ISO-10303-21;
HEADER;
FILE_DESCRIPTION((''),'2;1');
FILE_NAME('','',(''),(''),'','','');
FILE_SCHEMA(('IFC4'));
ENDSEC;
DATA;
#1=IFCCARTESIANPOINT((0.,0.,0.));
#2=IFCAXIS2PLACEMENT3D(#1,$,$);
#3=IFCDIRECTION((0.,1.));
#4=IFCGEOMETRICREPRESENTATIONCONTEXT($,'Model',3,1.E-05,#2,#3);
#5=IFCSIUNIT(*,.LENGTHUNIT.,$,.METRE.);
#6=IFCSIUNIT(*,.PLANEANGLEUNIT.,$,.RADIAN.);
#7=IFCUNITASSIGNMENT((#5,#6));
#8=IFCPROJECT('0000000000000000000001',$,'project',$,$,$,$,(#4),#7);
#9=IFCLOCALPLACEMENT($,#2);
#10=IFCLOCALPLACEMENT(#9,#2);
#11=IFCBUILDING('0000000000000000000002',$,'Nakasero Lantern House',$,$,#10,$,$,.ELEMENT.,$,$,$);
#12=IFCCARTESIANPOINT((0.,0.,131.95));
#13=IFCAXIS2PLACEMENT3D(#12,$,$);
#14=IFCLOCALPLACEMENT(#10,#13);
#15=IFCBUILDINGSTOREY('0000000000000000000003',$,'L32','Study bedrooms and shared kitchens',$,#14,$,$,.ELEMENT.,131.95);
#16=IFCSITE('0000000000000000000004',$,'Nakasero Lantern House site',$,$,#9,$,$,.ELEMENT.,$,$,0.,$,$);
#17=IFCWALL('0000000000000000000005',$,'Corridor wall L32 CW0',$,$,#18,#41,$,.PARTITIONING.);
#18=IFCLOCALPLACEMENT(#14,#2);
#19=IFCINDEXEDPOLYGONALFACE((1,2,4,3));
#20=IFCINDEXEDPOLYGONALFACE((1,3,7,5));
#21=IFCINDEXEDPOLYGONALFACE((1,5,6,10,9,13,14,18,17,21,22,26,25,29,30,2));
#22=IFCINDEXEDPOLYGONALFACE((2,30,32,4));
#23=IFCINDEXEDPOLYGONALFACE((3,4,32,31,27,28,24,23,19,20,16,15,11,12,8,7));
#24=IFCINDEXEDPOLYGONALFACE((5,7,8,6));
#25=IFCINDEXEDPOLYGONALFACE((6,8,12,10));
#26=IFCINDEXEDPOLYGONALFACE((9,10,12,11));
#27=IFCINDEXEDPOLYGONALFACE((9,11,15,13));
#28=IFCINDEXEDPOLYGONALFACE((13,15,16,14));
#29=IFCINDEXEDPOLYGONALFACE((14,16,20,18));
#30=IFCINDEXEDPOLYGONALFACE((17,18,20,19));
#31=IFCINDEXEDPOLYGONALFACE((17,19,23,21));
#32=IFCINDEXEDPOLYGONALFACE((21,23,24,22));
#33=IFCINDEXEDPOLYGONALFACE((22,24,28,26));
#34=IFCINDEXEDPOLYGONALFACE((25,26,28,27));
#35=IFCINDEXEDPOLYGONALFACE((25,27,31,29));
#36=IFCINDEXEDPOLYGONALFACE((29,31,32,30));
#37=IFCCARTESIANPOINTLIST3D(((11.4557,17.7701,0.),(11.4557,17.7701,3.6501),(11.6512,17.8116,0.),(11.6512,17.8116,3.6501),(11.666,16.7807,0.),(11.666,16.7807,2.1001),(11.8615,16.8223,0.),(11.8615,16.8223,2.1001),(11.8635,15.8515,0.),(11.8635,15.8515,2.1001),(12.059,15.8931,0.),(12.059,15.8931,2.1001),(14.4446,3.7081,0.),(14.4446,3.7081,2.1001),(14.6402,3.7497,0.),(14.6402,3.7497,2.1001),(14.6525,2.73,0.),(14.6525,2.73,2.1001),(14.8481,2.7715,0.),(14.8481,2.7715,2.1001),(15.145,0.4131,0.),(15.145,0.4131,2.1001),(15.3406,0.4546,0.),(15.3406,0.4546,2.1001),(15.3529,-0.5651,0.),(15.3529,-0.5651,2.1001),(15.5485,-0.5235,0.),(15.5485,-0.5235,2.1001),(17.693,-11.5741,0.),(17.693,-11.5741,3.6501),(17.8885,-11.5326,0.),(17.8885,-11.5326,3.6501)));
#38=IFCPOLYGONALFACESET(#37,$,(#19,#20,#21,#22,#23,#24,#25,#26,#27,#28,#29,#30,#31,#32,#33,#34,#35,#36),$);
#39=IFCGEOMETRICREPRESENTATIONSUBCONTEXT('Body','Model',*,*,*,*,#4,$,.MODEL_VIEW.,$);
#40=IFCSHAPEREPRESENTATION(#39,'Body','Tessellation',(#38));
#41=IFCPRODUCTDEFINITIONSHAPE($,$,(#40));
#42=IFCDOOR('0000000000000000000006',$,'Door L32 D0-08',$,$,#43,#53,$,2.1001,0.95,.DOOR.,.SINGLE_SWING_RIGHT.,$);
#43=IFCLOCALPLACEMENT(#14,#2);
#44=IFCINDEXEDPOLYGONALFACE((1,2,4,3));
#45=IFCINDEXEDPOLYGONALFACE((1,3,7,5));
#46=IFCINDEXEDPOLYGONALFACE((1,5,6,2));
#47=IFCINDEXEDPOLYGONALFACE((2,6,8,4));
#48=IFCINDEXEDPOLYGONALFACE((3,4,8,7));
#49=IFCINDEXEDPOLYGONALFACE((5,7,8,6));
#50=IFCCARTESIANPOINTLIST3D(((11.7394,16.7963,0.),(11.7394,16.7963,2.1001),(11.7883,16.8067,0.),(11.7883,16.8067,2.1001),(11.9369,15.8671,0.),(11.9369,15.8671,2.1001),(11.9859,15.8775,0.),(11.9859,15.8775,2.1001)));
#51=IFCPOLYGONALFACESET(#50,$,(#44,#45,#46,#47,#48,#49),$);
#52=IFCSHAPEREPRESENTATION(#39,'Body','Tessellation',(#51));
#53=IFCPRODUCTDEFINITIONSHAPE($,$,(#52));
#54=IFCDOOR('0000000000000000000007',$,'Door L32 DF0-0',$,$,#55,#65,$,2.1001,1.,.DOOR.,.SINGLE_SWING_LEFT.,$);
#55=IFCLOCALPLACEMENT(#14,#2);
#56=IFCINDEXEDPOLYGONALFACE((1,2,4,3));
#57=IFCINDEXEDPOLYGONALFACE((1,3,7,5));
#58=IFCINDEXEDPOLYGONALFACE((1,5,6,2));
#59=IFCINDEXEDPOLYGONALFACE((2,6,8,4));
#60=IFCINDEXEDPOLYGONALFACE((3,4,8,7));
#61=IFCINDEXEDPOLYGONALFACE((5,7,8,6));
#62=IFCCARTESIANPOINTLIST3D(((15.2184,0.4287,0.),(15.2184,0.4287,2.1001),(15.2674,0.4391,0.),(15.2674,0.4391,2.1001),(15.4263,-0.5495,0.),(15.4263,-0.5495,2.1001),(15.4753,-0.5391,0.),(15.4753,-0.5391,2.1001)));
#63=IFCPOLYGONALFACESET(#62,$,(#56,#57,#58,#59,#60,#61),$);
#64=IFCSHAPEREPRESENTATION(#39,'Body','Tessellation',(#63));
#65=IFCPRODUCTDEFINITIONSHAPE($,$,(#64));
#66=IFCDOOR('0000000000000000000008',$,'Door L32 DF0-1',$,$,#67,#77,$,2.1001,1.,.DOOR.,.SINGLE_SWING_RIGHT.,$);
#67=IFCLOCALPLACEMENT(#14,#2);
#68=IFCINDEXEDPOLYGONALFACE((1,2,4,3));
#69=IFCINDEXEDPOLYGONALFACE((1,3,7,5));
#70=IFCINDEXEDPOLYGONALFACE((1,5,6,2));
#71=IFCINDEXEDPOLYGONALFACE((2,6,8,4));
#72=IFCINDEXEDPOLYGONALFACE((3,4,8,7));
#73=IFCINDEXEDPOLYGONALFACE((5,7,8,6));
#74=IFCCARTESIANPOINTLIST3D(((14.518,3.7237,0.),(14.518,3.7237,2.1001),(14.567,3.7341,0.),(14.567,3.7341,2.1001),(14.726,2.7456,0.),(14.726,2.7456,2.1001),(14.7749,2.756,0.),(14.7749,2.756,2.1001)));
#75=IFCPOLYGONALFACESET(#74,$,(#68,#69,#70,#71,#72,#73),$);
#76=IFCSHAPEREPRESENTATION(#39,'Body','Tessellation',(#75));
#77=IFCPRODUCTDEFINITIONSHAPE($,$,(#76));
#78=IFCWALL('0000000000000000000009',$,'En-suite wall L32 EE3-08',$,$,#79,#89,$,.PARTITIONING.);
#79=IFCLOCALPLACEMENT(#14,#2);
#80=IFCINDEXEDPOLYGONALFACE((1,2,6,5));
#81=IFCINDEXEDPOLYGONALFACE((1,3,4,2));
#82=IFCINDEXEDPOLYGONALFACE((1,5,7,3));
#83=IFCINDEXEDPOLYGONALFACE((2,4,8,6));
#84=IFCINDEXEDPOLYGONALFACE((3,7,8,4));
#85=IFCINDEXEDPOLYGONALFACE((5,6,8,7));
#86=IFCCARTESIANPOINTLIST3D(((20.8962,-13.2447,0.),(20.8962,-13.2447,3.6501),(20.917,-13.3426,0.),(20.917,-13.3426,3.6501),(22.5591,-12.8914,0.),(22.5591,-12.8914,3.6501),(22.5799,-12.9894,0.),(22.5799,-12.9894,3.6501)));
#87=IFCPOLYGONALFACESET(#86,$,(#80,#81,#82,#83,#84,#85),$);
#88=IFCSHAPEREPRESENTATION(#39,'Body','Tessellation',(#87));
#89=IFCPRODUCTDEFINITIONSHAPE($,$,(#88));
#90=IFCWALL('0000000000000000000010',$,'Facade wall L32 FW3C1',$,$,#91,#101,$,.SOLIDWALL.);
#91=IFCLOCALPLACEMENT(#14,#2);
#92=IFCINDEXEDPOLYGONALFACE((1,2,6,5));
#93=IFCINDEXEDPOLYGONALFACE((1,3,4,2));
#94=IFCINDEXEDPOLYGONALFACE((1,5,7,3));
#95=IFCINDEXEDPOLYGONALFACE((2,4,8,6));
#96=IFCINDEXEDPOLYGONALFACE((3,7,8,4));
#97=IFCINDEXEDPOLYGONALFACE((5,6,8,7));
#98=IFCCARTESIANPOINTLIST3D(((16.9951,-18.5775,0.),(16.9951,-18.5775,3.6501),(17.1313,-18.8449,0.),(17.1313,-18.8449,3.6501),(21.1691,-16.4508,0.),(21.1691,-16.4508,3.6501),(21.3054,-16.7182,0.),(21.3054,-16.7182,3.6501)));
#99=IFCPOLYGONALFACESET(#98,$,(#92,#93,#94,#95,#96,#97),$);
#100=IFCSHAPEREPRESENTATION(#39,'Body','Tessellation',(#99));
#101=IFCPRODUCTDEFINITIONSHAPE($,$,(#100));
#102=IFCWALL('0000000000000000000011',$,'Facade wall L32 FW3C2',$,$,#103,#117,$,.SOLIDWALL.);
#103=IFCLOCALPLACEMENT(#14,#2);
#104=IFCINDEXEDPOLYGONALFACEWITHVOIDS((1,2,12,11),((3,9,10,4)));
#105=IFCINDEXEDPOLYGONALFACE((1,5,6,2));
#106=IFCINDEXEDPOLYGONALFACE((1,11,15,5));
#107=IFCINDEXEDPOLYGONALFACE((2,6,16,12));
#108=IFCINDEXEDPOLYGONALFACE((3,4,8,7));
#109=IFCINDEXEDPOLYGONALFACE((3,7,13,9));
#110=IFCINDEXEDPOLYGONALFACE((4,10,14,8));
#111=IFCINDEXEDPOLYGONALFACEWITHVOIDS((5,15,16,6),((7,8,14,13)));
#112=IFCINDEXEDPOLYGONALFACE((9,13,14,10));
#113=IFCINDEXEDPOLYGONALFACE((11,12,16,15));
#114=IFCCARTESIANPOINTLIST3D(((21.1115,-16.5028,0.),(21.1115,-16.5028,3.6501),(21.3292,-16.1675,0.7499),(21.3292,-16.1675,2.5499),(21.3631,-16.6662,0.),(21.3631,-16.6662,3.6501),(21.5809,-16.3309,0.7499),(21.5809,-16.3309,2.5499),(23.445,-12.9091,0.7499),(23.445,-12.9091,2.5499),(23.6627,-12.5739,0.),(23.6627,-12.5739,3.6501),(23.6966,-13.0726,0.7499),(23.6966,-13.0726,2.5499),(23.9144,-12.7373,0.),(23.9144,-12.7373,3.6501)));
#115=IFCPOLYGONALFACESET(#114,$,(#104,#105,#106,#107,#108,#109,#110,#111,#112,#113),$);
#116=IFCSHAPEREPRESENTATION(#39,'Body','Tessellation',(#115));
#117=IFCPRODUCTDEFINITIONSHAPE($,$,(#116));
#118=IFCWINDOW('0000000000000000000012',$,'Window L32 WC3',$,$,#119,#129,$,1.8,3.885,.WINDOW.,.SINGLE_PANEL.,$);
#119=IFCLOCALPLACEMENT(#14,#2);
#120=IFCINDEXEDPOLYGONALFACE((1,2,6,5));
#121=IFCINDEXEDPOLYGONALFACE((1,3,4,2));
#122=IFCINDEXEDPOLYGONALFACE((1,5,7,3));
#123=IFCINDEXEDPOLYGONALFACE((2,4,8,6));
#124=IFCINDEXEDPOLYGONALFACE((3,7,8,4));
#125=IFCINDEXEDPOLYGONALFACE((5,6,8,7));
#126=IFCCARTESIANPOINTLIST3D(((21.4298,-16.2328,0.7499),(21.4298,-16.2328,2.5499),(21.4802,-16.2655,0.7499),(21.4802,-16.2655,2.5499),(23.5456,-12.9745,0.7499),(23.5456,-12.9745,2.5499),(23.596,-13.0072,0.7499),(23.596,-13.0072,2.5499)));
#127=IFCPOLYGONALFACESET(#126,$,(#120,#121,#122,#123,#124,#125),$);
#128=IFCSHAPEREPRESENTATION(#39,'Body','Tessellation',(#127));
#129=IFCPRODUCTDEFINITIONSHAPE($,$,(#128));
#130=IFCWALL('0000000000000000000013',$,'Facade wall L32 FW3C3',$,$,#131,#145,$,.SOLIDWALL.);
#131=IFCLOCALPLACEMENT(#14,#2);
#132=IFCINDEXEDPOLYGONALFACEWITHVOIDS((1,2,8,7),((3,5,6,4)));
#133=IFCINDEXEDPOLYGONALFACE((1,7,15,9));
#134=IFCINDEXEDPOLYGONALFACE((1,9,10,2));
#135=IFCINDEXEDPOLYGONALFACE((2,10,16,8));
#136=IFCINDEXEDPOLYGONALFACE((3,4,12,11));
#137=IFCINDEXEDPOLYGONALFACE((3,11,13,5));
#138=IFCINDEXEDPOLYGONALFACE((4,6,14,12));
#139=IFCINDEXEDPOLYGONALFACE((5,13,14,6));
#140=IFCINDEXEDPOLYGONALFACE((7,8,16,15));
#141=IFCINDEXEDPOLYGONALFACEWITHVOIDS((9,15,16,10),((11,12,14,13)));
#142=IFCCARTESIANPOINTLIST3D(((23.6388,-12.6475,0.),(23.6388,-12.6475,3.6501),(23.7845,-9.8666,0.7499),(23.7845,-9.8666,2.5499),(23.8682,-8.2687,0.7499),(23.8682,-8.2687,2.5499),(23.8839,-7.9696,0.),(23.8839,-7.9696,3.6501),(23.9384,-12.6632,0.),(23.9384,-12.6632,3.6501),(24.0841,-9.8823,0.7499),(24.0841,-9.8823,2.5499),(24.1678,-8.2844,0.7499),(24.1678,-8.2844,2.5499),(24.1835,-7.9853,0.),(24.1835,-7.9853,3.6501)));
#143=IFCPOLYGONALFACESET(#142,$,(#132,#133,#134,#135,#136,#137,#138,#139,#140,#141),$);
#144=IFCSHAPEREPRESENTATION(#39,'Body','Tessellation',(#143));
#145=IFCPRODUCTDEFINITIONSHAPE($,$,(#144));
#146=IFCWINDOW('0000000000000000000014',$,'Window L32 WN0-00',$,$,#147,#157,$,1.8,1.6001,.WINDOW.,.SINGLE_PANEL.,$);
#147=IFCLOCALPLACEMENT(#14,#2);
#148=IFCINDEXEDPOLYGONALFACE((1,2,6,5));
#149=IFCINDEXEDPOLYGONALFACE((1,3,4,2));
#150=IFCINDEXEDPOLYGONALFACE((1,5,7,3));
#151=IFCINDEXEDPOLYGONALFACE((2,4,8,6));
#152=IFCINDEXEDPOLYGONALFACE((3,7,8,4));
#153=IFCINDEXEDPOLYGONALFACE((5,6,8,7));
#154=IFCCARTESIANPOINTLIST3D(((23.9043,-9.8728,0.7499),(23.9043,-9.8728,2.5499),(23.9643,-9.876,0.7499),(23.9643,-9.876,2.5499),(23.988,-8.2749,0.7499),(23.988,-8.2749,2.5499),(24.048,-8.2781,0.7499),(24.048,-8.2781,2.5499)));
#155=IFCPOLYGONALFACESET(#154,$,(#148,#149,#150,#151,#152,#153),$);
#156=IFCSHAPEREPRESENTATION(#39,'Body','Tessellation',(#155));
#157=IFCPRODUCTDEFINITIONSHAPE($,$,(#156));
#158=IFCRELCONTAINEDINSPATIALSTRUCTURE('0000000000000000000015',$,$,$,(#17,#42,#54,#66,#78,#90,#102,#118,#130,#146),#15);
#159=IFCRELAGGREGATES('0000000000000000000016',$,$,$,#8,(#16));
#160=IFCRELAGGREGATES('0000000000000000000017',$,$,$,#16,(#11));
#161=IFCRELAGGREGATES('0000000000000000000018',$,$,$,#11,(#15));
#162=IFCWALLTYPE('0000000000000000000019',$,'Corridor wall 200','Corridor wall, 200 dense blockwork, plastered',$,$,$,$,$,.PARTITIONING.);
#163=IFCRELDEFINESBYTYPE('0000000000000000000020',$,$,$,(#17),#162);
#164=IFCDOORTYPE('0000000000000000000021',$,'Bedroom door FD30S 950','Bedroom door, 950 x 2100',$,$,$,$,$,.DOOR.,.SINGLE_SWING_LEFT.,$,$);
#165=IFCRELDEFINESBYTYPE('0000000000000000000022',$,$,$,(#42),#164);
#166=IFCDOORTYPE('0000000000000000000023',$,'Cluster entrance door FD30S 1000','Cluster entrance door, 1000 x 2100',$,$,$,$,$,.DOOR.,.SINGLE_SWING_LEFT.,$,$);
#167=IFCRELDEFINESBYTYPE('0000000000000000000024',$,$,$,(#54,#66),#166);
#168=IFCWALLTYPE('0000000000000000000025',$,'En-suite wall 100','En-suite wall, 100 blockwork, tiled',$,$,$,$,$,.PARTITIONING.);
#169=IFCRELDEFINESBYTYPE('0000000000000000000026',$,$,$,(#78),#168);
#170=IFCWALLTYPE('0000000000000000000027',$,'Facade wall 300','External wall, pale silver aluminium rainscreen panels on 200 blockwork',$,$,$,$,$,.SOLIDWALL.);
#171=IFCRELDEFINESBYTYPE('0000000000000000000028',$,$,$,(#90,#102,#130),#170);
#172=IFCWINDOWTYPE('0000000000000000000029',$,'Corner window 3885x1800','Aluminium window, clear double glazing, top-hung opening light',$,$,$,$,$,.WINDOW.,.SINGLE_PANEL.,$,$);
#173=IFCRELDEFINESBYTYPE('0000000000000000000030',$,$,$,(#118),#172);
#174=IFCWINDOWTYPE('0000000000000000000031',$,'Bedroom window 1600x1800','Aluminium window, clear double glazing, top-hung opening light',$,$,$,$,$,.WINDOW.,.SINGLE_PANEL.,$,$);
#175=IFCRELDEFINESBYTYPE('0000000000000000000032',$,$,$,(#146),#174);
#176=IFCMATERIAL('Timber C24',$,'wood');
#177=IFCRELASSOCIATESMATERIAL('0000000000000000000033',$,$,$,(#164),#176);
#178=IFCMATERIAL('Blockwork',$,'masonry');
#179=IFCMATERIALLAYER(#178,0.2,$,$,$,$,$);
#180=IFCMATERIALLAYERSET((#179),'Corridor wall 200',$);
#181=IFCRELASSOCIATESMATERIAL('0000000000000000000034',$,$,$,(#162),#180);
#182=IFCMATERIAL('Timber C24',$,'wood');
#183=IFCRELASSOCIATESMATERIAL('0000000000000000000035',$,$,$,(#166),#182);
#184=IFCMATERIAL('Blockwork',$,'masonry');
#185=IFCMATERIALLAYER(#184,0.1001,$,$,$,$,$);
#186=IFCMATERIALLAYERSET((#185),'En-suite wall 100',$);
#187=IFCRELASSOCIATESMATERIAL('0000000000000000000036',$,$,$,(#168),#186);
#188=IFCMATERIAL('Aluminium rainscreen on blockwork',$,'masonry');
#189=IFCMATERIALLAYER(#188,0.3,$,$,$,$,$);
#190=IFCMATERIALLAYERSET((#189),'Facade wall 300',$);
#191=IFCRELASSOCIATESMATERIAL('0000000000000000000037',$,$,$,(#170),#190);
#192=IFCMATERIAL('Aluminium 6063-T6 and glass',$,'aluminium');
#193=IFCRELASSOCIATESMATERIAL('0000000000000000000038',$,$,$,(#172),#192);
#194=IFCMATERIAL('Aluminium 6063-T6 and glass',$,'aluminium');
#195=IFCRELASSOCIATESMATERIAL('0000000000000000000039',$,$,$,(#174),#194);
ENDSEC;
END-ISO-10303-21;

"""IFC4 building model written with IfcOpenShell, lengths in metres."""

from ifc_helpers import new_model, si_unit, direction, frame, frame_2d, origin, place, context, subcontext, project, spatial, rectangle, extrude, material, layer, layer_set, type_object, element, fill, save


model = new_model("IFC4")

# Units and contexts
model_context = context("Model", 3, precision=1e-05, world=origin(), true_north=direction((0.0, 1.0)))
body_context = subcontext(model_context, "Body", "Model", "MODEL_VIEW")
ifc_project = project(units=[si_unit("LENGTHUNIT", "METRE"), si_unit("PLANEANGLEUNIT", "RADIAN")], contexts=[model_context])

# Site, building, storey
site_placement = place(None, origin())
site = spatial("IfcSite", under=ifc_project, at=site_placement, Name="Nakasero Lantern House site", CompositionType="ELEMENT", RefElevation=0.0)
building_placement = place(site_placement, origin())
building = spatial("IfcBuilding", under=site, at=building_placement, Name="Nakasero Lantern House", CompositionType="ELEMENT")
storey_placement = place(building_placement, frame((0.0, 0.0, 131.95)))
storey = spatial("IfcBuildingStorey", under=building, at=storey_placement, Name="L32", Description="Study bedrooms and shared kitchens", CompositionType="ELEMENT", Elevation=131.95)

# Wall, openings, doors
ifc_material_1 = material(Name="Timber C24", Category="wood")
door_type_1 = type_object("IfcDoorType", Name="Bedroom door FD30S 950", Description="Bedroom door, 950 x 2100", OperationType="SINGLE_SWING_LEFT", PredefinedType="DOOR", material=ifc_material_1)
ifc_material_2 = material(Name="Blockwork", Category="masonry")
ifc_layer_1 = layer(ifc_material_2, 0.2)
ifc_layer_set_1 = layer_set([ifc_layer_1], Name="Corridor wall 200")
wall_type_1 = type_object("IfcWallType", Name="Corridor wall 200", Description="Corridor wall, 200 dense blockwork, plastered", PredefinedType="PARTITIONING", material=ifc_layer_set_1)
wall_1_placement = place(storey_placement, frame((17.7908, -11.5535, 0.0), z_axis=(0.0, 0.0, 1.0), x_axis=(-0.207912, 0.978148, 0.0)))
wall_1 = element("IfcWall", 1, at=wall_1_placement, inside=storey, type_object=wall_type_1, Name="Corridor wall L32 CW0", PredefinedType="PARTITIONING", context=body_context, shape_type="SweptSolid", body=[
    extrude(rectangle(XDim=29.9998, YDim=0.2, at=frame_2d((15.0, 0.0))), origin(), (0.0, 0.0, 1.0), 3.6501),
])
opening_1_placement = place(wall_1_placement, frame((11.2551, 0.0, 0.0)))
opening_1 = element("IfcOpeningElement", 2, at=opening_1_placement, cuts=wall_1, PredefinedType="OPENING", context=body_context, shape_type="SweptSolid", body=[
    extrude(rectangle(XDim=1.0, YDim=2.1001, at=frame_2d((0.5, 1.05))), frame((0.0, 0.1199, 0.0), z_axis=(0.0, -1.0, 0.0), x_axis=(1.0, 0.0, 0.0)), (0.0, 0.0, 1.0), 0.24),
])
opening_2_placement = place(wall_1_placement, frame((14.6238, 0.0, 0.0)))
opening_2 = element("IfcOpeningElement", 3, at=opening_2_placement, cuts=wall_1, PredefinedType="OPENING", context=body_context, shape_type="SweptSolid", body=[
    extrude(rectangle(XDim=1.0, YDim=2.1001, at=frame_2d((0.5, 1.05))), frame((0.0, 0.1199, 0.0), z_axis=(0.0, -1.0, 0.0), x_axis=(1.0, 0.0, 0.0)), (0.0, 0.0, 1.0), 0.24),
])
opening_3_placement = place(wall_1_placement, frame((28.0383, 0.0, 0.0)))
opening_3 = element("IfcOpeningElement", 4, at=opening_3_placement, cuts=wall_1, PredefinedType="OPENING", context=body_context, shape_type="SweptSolid", body=[
    extrude(rectangle(XDim=0.95, YDim=2.1001, at=frame_2d((0.4751, 1.05))), frame((0.0, 0.1199, 0.0), z_axis=(0.0, -1.0, 0.0), x_axis=(1.0, 0.0, 0.0)), (0.0, 0.0, 1.0), 0.24),
])
door_1_placement = place(opening_3_placement, origin())
door_1 = element("IfcDoor", 5, at=door_1_placement, inside=storey, type_object=door_type_1, Name="Door L32 D0-08", OperationType="SINGLE_SWING_RIGHT", OverallHeight=2.1001, OverallWidth=0.95, PredefinedType="DOOR", context=body_context, shape_type="SweptSolid", body=[
    extrude(rectangle(XDim=0.95, YDim=2.1001, at=frame_2d((0.4751, 1.05))), frame((0.0, 0.0249, 0.0), z_axis=(0.0, -1.0, 0.0), x_axis=(1.0, 0.0, 0.0)), (0.0, 0.0, 1.0), 0.05),
])
fill(opening_3, door_1)
ifc_material_3 = material(Name="Timber C24", Category="wood")
door_type_2 = type_object("IfcDoorType", Name="Cluster entrance door FD30S 1000", Description="Cluster entrance door, 1000 x 2100", OperationType="SINGLE_SWING_LEFT", PredefinedType="DOOR", material=ifc_material_3)
door_2_placement = place(opening_1_placement, origin())
door_2 = element("IfcDoor", 6, at=door_2_placement, inside=storey, type_object=door_type_2, Name="Door L32 DF0-0", OperationType="SINGLE_SWING_LEFT", OverallHeight=2.1001, OverallWidth=1.0, PredefinedType="DOOR", context=body_context, shape_type="SweptSolid", body=[
    extrude(rectangle(XDim=1.0, YDim=2.1001, at=frame_2d((0.5, 1.05))), frame((0.0, 0.0249, 0.0), z_axis=(0.0, -1.0, 0.0), x_axis=(1.0, 0.0, 0.0)), (0.0, 0.0, 1.0), 0.05),
])
fill(opening_1, door_2)
door_3_placement = place(opening_2_placement, origin())
door_3 = element("IfcDoor", 7, at=door_3_placement, inside=storey, type_object=door_type_2, Name="Door L32 DF0-1", OperationType="SINGLE_SWING_RIGHT", OverallHeight=2.1001, OverallWidth=1.0, PredefinedType="DOOR", context=body_context, shape_type="SweptSolid", body=[
    extrude(rectangle(XDim=1.0, YDim=2.1001, at=frame_2d((0.5, 1.05))), frame((0.0, 0.0249, 0.0), z_axis=(0.0, -1.0, 0.0), x_axis=(1.0, 0.0, 0.0)), (0.0, 0.0, 1.0), 0.05),
])
fill(opening_2, door_3)

# Walls
ifc_material_4 = material(Name="Blockwork", Category="masonry")
ifc_layer_2 = layer(ifc_material_4, 0.1001)
ifc_layer_set_2 = layer_set([ifc_layer_2], Name="En-suite wall 100")
wall_type_2 = type_object("IfcWallType", Name="En-suite wall 100", Description="En-suite wall, 100 blockwork, tiled", PredefinedType="PARTITIONING", material=ifc_layer_set_2)
wall_2_placement = place(storey_placement, frame((20.9065, -13.2937, 0.0), z_axis=(0.0, 0.0, 1.0), x_axis=(0.978169, 0.207812, 0.0)))
element("IfcWall", 8, at=wall_2_placement, inside=storey, type_object=wall_type_2, Name="En-suite wall L32 EE3-08", PredefinedType="PARTITIONING", context=body_context, shape_type="SweptSolid", body=[
    extrude(rectangle(XDim=1.7, YDim=0.1001, at=frame_2d((0.8501, 0.0))), origin(), (0.0, 0.0, 1.0), 3.6501),
])
ifc_material_5 = material(Name="Aluminium rainscreen on blockwork", Category="masonry")
ifc_layer_3 = layer(ifc_material_5, 0.3)
ifc_layer_set_3 = layer_set([ifc_layer_3], Name="Facade wall 300")
wall_type_3 = type_object("IfcWallType", Name="Facade wall 300", Description="External wall, pale silver aluminium rainscreen panels on 200 blockwork", PredefinedType="SOLIDWALL", material=ifc_layer_set_3)
wall_3_placement = place(storey_placement, frame((17.0632, -18.7112, 0.0), z_axis=(0.0, 0.0, 1.0), x_axis=(0.891014, 0.453976, 0.0)))
element("IfcWall", 9, at=wall_3_placement, inside=storey, type_object=wall_type_3, Name="Facade wall L32 FW3C1", PredefinedType="SOLIDWALL", context=body_context, shape_type="SweptSolid", body=[
    extrude(rectangle(XDim=4.6846, YDim=0.3, at=frame_2d((2.3423, 0.0))), origin(), (0.0, 0.0, 1.0), 3.6501),
])

# Walls, openings, windows
wall_4_placement = place(storey_placement, frame((21.2373, -16.5845, 0.0), z_axis=(0.0, 0.0, 1.0), x_axis=(0.544605, 0.838692, 0.0)))
wall_4 = element("IfcWall", 10, at=wall_4_placement, inside=storey, type_object=wall_type_3, Name="Facade wall L32 FW3C2", PredefinedType="SOLIDWALL", context=body_context, shape_type="SweptSolid", body=[
    extrude(rectangle(XDim=4.6846, YDim=0.3, at=frame_2d((2.3423, 0.0))), origin(), (0.0, 0.0, 1.0), 3.6501),
])
opening_4_placement = place(wall_4_placement, frame((0.3999, 0.0, 0.75)))
opening_4 = element("IfcOpeningElement", 11, at=opening_4_placement, cuts=wall_4, PredefinedType="OPENING", context=body_context, shape_type="SweptSolid", body=[
    extrude(rectangle(XDim=3.885, YDim=1.8, at=frame_2d((1.9424, 0.8999))), frame((0.0, 0.1699, 0.0), z_axis=(0.0, -1.0, 0.0), x_axis=(1.0, 0.0, 0.0)), (0.0, 0.0, 1.0), 0.3401),
])
ifc_material_6 = material(Name="Aluminium 6063-T6 and glass", Category="aluminium")
window_type_1 = type_object("IfcWindowType", Name="Corner window 3885x1800", Description="Aluminium window, clear double glazing, top-hung opening light", PartitioningType="SINGLE_PANEL", PredefinedType="WINDOW", material=ifc_material_6)
window_1_placement = place(opening_4_placement, origin())
window_1 = element("IfcWindow", 12, at=window_1_placement, inside=storey, type_object=window_type_1, Name="Window L32 WC3", OverallHeight=1.8, OverallWidth=3.885, PartitioningType="SINGLE_PANEL", PredefinedType="WINDOW", context=body_context, shape_type="SweptSolid", body=[
    extrude(rectangle(XDim=3.885, YDim=1.8, at=frame_2d((1.9424, 0.8999))), frame((0.0, 0.03, 0.0), z_axis=(0.0, -1.0, 0.0), x_axis=(1.0, 0.0, 0.0)), (0.0, 0.0, 1.0), 0.0601),
])
fill(opening_4, window_1)
wall_5_placement = place(storey_placement, frame((23.7886, -12.6555, 0.0), z_axis=(0.0, 0.0, 1.0), x_axis=(0.052326, 0.99863, 0.0)))
wall_5 = element("IfcWall", 13, at=wall_5_placement, inside=storey, type_object=wall_type_3, Name="Facade wall L32 FW3C3", PredefinedType="SOLIDWALL", context=body_context, shape_type="SweptSolid", body=[
    extrude(rectangle(XDim=4.6843, YDim=0.3, at=frame_2d((2.3423, 0.0))), origin(), (0.0, 0.0, 1.0), 3.6501),
])
opening_5_placement = place(wall_5_placement, frame((2.7849, 0.0, 0.75)))
opening_5 = element("IfcOpeningElement", 14, at=opening_5_placement, cuts=wall_5, PredefinedType="OPENING", context=body_context, shape_type="SweptSolid", body=[
    extrude(rectangle(XDim=1.6001, YDim=1.8, at=frame_2d((0.8, 0.8999))), frame((0.0, 0.1699, 0.0), z_axis=(0.0, -1.0, 0.0), x_axis=(1.0, 0.0, 0.0)), (0.0, 0.0, 1.0), 0.3401),
])
ifc_material_7 = material(Name="Aluminium 6063-T6 and glass", Category="aluminium")
window_type_2 = type_object("IfcWindowType", Name="Bedroom window 1600x1800", Description="Aluminium window, clear double glazing, top-hung opening light", PartitioningType="SINGLE_PANEL", PredefinedType="WINDOW", material=ifc_material_7)
window_2_placement = place(opening_5_placement, origin())
window_2 = element("IfcWindow", 15, at=window_2_placement, inside=storey, type_object=window_type_2, Name="Window L32 WN0-00", OverallHeight=1.8, OverallWidth=1.6001, PartitioningType="SINGLE_PANEL", PredefinedType="WINDOW", context=body_context, shape_type="SweptSolid", body=[
    extrude(rectangle(XDim=1.6001, YDim=1.8, at=frame_2d((0.8, 0.8999))), frame((0.0, 0.03, 0.0), z_axis=(0.0, -1.0, 0.0), x_axis=(1.0, 0.0, 0.0)), (0.0, 0.0, 1.0), 0.0601),
])
fill(opening_5, window_2)

save(model, "model.ifc")
